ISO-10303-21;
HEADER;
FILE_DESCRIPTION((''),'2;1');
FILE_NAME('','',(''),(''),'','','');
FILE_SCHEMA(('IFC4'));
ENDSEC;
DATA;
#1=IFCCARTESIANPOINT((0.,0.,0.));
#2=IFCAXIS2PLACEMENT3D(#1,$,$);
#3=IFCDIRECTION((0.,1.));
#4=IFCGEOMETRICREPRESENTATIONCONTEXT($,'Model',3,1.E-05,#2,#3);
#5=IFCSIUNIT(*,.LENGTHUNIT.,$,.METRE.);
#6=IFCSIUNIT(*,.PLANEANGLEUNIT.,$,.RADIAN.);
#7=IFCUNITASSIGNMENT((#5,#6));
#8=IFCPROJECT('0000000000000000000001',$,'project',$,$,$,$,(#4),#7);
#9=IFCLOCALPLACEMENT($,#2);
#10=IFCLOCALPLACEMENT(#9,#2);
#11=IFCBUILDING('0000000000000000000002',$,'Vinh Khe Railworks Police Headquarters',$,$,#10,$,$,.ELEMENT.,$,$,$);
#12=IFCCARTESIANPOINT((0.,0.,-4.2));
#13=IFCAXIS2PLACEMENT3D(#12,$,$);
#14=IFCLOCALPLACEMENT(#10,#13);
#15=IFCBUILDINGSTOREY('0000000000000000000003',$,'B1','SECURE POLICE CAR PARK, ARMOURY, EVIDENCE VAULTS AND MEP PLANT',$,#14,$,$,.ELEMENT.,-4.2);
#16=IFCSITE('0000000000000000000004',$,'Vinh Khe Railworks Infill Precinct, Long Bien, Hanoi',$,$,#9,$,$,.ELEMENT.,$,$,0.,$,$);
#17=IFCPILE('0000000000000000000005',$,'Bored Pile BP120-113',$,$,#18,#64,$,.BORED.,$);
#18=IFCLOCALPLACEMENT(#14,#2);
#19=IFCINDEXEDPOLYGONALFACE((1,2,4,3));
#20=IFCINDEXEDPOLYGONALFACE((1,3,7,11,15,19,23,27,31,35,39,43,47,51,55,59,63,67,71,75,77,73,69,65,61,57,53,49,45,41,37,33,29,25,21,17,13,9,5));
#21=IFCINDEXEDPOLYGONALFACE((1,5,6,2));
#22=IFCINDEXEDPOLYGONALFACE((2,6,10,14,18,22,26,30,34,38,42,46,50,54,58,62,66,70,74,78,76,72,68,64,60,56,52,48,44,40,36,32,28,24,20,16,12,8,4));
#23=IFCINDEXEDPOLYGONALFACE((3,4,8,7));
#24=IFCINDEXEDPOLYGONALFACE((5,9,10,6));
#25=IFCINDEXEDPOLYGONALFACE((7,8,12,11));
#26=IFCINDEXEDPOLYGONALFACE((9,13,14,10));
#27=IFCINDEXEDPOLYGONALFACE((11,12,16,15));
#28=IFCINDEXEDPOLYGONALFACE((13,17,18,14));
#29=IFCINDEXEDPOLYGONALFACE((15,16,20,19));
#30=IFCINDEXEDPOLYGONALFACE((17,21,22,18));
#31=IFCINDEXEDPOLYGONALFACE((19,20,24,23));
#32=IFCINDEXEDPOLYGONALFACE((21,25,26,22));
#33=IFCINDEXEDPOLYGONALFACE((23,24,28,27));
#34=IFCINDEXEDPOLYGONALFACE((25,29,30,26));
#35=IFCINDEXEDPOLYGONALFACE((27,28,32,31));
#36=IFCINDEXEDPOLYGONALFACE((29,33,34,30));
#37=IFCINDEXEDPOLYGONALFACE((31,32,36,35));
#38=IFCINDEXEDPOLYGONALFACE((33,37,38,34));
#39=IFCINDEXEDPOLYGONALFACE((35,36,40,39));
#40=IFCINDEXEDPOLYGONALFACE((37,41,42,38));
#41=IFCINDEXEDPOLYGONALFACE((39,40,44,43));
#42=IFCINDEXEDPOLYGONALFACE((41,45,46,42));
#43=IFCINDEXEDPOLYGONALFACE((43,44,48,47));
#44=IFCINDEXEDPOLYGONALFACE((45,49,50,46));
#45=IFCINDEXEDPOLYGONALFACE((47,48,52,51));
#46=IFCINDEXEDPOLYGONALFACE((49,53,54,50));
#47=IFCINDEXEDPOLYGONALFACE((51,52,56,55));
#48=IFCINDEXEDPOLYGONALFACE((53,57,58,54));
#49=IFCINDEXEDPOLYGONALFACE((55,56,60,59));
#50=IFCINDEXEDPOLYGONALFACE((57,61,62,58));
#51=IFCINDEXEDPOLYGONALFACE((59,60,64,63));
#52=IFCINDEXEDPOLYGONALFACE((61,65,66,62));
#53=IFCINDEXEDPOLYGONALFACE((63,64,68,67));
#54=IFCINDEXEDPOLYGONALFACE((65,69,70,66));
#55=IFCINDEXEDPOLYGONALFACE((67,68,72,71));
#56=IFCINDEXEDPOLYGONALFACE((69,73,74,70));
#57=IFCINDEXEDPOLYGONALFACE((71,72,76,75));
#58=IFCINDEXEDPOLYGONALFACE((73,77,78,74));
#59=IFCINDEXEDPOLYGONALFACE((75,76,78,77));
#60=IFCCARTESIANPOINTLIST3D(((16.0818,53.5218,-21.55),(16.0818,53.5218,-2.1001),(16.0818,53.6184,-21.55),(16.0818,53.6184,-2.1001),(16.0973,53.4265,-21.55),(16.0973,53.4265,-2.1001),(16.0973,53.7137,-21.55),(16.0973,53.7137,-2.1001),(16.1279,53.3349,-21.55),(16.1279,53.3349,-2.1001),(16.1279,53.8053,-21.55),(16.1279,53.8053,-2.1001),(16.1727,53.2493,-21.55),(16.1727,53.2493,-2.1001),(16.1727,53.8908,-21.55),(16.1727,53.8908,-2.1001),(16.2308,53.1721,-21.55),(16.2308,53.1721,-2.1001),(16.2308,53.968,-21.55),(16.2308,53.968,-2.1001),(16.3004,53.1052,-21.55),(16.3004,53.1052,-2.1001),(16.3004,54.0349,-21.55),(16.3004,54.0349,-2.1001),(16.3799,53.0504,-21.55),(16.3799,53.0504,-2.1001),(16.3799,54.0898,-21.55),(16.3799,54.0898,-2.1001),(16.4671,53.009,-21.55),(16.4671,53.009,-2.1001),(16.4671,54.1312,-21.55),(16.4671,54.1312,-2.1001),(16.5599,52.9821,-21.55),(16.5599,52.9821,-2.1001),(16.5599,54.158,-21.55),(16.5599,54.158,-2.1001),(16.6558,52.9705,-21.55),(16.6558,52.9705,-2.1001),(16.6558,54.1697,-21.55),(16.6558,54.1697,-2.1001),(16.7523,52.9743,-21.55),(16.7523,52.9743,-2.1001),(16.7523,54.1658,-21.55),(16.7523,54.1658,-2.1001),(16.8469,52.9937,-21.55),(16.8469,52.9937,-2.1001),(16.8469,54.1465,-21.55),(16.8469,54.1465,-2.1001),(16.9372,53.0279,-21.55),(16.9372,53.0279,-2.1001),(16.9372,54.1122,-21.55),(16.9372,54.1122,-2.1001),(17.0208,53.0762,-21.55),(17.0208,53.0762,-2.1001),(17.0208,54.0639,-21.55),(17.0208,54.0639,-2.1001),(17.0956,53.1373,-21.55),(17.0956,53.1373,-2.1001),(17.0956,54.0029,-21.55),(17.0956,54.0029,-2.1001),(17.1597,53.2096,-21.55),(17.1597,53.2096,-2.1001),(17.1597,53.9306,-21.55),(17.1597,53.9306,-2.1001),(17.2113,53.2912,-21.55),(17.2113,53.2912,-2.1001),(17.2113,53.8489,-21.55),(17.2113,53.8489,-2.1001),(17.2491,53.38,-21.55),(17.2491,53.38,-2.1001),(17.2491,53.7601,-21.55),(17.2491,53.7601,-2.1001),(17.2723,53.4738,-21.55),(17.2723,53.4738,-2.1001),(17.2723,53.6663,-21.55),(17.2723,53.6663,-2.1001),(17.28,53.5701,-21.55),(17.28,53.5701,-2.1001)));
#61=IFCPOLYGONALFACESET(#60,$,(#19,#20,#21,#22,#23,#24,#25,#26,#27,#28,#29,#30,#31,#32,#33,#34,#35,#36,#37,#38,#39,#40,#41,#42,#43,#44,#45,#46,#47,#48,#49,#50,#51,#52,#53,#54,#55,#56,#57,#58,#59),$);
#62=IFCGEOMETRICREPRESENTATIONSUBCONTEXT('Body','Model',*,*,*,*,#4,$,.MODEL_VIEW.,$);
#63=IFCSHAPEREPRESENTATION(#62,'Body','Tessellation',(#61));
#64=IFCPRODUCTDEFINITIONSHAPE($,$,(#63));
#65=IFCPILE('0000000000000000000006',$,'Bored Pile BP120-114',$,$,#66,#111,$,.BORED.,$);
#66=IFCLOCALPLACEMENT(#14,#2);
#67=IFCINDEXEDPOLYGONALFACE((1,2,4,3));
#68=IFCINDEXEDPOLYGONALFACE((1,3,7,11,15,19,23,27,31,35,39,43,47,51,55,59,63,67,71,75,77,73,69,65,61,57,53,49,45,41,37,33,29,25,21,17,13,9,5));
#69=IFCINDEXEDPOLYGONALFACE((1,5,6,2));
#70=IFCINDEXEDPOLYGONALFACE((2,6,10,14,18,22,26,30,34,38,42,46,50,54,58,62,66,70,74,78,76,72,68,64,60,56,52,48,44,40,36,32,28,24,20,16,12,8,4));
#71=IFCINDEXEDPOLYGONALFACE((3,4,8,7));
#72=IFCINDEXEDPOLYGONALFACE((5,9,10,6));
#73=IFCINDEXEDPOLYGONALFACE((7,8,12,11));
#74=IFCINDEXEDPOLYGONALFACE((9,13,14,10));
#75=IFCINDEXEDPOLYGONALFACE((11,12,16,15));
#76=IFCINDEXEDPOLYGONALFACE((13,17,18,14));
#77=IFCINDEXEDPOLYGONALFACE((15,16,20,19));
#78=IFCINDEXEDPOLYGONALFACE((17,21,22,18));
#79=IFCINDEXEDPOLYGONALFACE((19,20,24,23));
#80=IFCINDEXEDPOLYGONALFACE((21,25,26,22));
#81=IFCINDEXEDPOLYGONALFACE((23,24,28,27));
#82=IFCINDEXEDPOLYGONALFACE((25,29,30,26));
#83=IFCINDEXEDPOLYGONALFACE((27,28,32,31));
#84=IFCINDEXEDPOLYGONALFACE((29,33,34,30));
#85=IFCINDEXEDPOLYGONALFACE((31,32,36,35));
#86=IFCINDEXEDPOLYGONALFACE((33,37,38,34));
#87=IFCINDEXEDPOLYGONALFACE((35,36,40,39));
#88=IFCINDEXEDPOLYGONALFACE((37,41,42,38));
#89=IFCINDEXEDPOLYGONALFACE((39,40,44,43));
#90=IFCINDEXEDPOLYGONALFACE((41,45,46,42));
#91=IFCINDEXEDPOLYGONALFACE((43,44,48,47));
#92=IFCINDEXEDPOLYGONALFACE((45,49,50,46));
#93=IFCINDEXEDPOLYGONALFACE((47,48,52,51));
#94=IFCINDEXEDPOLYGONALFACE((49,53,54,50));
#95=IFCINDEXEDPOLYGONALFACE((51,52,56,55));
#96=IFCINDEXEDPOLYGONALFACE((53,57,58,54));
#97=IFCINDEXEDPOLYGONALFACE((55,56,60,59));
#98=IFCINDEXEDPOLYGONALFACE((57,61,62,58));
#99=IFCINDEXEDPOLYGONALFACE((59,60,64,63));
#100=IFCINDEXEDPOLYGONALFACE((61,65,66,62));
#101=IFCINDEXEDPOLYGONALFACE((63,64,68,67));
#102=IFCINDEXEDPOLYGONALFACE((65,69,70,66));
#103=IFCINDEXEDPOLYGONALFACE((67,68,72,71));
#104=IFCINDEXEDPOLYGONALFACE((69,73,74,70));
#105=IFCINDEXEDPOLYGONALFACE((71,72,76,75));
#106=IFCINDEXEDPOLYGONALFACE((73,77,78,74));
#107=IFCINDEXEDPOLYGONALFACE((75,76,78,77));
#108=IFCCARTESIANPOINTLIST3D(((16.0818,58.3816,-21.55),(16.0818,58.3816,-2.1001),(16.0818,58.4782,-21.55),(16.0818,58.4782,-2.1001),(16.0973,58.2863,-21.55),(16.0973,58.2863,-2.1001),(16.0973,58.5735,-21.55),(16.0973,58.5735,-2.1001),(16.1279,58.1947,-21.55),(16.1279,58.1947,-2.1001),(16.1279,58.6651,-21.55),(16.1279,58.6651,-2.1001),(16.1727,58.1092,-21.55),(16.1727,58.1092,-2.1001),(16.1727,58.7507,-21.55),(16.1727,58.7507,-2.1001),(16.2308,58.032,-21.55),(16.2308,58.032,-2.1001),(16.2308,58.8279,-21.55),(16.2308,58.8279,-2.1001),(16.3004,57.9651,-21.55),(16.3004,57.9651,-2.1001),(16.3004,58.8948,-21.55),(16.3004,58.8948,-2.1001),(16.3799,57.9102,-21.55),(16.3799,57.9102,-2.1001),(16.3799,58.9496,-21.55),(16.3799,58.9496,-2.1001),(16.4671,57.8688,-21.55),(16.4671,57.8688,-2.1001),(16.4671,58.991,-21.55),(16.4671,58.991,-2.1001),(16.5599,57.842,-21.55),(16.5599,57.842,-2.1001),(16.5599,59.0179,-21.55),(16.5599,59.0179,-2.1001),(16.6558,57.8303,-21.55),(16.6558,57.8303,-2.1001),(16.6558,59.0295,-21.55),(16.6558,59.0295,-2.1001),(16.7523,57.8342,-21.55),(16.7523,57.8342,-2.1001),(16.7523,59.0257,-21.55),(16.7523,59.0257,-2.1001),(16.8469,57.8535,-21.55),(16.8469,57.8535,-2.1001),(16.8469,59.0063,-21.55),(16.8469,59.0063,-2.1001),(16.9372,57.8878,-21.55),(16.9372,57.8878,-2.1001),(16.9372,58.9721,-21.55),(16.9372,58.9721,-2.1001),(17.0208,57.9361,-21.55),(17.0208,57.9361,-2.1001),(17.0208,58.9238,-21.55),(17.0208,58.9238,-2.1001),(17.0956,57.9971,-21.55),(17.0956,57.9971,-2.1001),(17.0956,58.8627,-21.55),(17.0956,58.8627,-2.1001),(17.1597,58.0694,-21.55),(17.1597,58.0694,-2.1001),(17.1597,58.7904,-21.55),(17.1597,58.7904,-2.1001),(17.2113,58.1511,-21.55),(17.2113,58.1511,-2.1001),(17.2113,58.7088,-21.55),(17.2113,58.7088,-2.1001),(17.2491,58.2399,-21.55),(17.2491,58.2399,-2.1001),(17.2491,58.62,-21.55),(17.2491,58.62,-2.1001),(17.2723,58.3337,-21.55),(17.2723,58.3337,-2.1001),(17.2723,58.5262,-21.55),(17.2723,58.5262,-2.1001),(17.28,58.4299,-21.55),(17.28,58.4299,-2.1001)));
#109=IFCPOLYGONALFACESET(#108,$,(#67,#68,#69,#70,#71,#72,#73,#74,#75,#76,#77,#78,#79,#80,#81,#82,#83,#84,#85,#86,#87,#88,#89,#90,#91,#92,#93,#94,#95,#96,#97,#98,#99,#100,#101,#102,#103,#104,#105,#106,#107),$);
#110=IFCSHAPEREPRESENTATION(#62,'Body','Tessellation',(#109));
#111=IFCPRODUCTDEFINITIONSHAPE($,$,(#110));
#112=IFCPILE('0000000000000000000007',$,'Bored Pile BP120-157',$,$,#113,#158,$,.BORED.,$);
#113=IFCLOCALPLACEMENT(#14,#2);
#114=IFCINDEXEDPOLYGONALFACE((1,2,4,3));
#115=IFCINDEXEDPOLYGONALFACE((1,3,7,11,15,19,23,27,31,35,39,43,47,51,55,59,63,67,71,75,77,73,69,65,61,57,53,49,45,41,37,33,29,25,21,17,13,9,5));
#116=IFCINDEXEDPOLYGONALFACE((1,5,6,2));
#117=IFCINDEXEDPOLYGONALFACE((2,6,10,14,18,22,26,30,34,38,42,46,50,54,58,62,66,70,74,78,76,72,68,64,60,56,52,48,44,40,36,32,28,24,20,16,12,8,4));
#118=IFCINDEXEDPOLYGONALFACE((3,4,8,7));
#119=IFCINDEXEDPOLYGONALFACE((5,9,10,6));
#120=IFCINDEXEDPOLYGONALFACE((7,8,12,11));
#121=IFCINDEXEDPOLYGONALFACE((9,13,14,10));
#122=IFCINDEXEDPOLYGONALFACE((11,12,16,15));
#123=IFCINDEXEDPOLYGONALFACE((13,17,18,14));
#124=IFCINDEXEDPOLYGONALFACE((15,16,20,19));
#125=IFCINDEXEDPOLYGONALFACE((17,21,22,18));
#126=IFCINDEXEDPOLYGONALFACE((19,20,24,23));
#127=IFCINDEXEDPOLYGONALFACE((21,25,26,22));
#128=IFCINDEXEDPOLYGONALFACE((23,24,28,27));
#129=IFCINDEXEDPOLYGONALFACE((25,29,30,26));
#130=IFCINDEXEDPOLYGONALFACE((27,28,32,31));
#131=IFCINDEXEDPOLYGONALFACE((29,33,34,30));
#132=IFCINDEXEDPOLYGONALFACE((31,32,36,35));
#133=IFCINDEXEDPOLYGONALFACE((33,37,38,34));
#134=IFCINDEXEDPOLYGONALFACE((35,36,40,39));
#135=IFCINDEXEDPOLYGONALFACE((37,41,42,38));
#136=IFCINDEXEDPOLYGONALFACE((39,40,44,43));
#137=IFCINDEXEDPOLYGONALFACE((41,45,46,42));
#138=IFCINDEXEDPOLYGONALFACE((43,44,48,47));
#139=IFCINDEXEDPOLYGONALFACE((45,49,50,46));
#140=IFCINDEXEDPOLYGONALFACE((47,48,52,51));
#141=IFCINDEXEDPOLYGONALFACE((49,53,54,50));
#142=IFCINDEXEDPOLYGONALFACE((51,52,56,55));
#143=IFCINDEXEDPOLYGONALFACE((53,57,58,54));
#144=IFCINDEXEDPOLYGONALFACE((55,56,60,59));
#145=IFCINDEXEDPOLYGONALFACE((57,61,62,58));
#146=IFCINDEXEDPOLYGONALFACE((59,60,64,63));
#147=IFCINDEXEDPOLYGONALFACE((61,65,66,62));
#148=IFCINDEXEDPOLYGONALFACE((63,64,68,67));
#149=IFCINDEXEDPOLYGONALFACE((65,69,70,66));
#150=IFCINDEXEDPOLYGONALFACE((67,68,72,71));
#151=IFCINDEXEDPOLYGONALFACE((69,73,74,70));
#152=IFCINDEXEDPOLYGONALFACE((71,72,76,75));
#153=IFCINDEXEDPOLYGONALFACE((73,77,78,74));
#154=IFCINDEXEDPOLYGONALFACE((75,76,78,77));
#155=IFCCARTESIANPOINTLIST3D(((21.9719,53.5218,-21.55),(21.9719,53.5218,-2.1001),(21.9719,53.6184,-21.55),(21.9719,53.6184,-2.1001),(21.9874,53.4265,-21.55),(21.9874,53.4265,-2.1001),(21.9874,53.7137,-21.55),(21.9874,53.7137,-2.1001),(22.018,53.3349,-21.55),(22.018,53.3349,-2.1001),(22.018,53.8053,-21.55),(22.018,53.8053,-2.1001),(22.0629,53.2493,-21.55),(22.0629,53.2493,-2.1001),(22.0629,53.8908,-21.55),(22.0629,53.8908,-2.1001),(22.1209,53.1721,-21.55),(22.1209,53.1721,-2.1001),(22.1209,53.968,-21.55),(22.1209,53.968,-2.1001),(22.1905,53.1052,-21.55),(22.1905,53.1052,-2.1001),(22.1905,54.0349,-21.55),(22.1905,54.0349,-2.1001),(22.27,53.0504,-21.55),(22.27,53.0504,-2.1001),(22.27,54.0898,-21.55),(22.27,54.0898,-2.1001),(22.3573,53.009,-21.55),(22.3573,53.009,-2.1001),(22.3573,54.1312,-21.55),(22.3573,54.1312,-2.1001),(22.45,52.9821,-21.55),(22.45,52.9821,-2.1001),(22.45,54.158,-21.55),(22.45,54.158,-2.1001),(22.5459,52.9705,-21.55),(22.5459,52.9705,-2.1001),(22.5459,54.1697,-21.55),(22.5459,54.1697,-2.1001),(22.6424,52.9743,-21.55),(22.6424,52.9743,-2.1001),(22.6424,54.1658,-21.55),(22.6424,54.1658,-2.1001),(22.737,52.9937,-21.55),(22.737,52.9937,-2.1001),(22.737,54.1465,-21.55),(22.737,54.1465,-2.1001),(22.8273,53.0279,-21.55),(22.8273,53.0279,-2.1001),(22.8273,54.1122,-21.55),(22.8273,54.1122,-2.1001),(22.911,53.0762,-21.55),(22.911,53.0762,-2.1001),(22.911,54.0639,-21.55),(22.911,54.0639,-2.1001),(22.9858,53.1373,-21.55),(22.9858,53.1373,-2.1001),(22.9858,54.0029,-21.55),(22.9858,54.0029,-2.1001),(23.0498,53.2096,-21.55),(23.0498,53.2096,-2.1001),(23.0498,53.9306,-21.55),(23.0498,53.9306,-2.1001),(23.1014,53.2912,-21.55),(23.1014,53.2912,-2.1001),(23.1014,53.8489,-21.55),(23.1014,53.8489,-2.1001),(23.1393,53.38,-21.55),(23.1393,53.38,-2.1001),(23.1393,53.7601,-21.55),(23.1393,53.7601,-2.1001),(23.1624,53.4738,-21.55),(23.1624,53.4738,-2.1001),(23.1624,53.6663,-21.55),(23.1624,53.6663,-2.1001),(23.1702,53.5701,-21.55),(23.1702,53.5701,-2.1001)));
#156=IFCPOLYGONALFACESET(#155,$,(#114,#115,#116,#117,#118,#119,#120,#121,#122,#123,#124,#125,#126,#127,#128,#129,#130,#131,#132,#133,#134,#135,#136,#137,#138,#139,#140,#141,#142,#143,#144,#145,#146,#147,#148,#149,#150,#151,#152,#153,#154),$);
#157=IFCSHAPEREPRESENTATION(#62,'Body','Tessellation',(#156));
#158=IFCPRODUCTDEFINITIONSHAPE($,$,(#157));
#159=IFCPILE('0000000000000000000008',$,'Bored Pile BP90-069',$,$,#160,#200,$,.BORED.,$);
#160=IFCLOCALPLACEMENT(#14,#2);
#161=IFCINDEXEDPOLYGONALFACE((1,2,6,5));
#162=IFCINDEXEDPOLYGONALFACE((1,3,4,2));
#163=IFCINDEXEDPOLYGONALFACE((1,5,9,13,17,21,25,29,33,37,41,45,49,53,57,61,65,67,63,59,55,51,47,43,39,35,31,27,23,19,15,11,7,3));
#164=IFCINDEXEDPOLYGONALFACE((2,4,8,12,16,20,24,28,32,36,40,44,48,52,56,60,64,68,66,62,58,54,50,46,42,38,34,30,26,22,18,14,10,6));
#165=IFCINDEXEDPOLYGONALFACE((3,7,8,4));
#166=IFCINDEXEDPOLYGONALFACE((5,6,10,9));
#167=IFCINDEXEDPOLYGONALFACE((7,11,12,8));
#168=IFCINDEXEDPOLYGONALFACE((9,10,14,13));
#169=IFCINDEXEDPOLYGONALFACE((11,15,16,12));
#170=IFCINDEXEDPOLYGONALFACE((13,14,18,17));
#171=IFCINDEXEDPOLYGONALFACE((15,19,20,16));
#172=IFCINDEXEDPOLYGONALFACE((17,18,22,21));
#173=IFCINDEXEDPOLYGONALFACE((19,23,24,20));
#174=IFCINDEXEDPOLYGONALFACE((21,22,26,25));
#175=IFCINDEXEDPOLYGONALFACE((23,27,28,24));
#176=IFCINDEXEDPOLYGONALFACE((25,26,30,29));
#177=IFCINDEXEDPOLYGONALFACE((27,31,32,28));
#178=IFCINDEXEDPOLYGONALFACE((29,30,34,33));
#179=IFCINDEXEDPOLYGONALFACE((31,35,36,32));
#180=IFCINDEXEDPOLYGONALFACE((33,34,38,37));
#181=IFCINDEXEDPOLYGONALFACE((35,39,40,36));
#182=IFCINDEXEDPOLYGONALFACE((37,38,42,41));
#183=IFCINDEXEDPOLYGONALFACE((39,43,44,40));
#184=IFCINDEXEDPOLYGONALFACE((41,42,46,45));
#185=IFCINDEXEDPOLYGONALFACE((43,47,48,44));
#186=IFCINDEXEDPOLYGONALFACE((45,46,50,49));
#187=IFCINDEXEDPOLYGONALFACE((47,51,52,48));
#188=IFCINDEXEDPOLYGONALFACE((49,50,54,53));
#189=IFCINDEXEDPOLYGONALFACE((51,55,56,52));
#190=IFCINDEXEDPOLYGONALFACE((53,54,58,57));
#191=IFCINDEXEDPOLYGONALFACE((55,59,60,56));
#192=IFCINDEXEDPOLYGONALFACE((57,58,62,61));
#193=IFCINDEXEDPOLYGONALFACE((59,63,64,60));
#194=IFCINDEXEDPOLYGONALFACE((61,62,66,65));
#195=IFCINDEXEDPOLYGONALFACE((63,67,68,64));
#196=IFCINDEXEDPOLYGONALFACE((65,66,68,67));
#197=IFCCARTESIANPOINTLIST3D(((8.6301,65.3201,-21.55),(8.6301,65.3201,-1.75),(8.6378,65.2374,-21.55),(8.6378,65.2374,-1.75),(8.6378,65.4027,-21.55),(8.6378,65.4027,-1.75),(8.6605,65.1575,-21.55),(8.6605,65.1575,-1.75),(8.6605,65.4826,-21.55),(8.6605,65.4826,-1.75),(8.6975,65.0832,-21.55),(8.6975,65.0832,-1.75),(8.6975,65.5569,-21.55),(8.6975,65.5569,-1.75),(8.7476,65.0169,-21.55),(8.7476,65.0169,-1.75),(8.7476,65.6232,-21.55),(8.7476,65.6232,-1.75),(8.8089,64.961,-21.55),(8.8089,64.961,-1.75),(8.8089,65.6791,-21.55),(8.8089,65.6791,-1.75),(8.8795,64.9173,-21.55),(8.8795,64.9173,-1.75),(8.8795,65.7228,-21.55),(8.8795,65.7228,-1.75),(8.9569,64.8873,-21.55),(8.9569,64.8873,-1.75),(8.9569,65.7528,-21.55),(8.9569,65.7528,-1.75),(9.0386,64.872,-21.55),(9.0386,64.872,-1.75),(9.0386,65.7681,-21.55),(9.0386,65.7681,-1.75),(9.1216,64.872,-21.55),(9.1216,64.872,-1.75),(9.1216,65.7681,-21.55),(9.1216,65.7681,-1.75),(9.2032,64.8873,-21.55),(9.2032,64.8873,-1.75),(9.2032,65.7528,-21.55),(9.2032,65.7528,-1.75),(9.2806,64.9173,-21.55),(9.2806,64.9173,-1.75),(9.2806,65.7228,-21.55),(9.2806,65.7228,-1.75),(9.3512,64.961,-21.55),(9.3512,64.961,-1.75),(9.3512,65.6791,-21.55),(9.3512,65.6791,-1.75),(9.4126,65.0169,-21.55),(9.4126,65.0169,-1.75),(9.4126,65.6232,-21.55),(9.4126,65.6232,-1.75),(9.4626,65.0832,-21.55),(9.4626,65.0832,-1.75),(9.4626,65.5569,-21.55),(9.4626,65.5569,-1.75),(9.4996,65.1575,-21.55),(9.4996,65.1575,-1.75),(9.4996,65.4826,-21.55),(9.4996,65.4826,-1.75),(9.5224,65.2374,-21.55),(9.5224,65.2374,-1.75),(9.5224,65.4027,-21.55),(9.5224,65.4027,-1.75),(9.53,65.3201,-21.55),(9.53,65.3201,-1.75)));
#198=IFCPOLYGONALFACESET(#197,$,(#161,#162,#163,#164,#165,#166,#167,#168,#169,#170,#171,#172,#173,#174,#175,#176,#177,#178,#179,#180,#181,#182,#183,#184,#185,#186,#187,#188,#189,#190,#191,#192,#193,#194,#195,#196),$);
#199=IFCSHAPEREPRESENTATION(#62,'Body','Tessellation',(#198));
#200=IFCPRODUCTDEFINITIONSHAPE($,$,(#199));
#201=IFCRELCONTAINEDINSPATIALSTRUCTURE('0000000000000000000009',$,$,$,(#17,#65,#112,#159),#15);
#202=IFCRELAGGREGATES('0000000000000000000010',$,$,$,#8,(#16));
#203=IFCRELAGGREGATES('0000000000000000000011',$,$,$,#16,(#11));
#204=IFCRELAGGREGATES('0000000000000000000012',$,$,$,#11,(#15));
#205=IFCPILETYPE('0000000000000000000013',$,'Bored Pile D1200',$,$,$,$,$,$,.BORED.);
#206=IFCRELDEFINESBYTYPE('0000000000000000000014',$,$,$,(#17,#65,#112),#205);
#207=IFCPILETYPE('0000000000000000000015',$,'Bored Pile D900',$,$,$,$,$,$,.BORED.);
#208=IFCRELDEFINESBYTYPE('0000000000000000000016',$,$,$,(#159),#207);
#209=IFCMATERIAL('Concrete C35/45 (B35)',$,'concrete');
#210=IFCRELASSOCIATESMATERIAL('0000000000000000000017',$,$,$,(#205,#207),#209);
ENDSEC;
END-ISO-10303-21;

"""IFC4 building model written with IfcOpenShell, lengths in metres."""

from ifc_helpers import new_model, si_unit, direction, frame, origin, origin_2d, place, context, subcontext, project, spatial, circle, extrude, material, material_profile, profile_set, type_object, element, save


model = new_model("IFC4")

# Units and contexts
model_context = context("Model", 3, precision=1e-05, world=origin(), true_north=direction((0.0, 1.0)))
body_context = subcontext(model_context, "Body", "Model", "MODEL_VIEW")
ifc_project = project(units=[si_unit("LENGTHUNIT", "METRE"), si_unit("PLANEANGLEUNIT", "RADIAN")], contexts=[model_context])

# Site, building, storey
site_placement = place(None, origin())
site = spatial("IfcSite", under=ifc_project, at=site_placement, Name="Vinh Khe Railworks Infill Precinct, Long Bien, Hanoi", CompositionType="ELEMENT", RefElevation=0.0)
building_placement = place(site_placement, origin())
building = spatial("IfcBuilding", under=site, at=building_placement, Name="Vinh Khe Railworks Police Headquarters", CompositionType="ELEMENT")
storey_placement = place(building_placement, frame((0.0, 0.0, -4.2)))
storey = spatial("IfcBuildingStorey", under=building, at=storey_placement, Name="B1", Description="SECURE POLICE CAR PARK, ARMOURY, EVIDENCE VAULTS AND MEP PLANT", CompositionType="ELEMENT", Elevation=-4.2)

# Piles
ifc_material_1 = material(Name="Concrete C35/45 (B35)", Category="concrete")
ifc_material_profile_1 = material_profile(ifc_material_1, circle(Radius=0.6001, at=origin_2d()), Name="BORED PILE D1200")
ifc_profile_set_1 = profile_set([ifc_material_profile_1], Name="Concrete C35/45 (B35)")
pile_type_1 = type_object("IfcPileType", Name="Bored Pile D1200", PredefinedType="BORED", material=ifc_profile_set_1)
for number, where, z_axis, x_axis, name in (
    (1, (16.6799, 53.5701, -2.1001), (0.0, 0.0, -1.0), (1.0, 0.0, 0.0), "Bored Pile BP120-113"),
    (2, (16.6799, 58.4299, -2.1001), (0.0, 0.0, -1.0), (1.0, 0.0, 0.0), "Bored Pile BP120-114"),
    (3, (22.5701, 53.5701, -2.1001), (0.0, 0.0, -1.0), (1.0, 0.0, 0.0), "Bored Pile BP120-157"),
):
    element("IfcPile", number, at=place(storey_placement, frame(where, z_axis=z_axis, x_axis=x_axis)), inside=storey, type_object=pile_type_1, Name=name, PredefinedType="BORED", context=body_context, shape_type="SweptSolid", body=[
        extrude(circle(Radius=0.6001, at=origin_2d()), origin(), (0.0, 0.0, 1.0), 19.45),
    ])
ifc_material_profile_2 = material_profile(ifc_material_1, circle(Radius=0.45, at=origin_2d()), Name="BORED PILE D900")
ifc_profile_set_2 = profile_set([ifc_material_profile_2], Name="Concrete C35/45 (B35)")
pile_type_2 = type_object("IfcPileType", Name="Bored Pile D900", PredefinedType="BORED", material=ifc_profile_set_2)
for number, where, z_axis, x_axis, name in (
    (4, (9.0801, 65.3201, -1.75), (0.0, 0.0, -1.0), (1.0, 0.0, 0.0), "Bored Pile BP90-069"),
):
    element("IfcPile", number, at=place(storey_placement, frame(where, z_axis=z_axis, x_axis=x_axis)), inside=storey, type_object=pile_type_2, Name=name, PredefinedType="BORED", context=body_context, shape_type="SweptSolid", body=[
        extrude(circle(Radius=0.45, at=origin_2d()), origin(), (0.0, 0.0, 1.0), 19.8),
    ])

save(model, "model.ifc")
